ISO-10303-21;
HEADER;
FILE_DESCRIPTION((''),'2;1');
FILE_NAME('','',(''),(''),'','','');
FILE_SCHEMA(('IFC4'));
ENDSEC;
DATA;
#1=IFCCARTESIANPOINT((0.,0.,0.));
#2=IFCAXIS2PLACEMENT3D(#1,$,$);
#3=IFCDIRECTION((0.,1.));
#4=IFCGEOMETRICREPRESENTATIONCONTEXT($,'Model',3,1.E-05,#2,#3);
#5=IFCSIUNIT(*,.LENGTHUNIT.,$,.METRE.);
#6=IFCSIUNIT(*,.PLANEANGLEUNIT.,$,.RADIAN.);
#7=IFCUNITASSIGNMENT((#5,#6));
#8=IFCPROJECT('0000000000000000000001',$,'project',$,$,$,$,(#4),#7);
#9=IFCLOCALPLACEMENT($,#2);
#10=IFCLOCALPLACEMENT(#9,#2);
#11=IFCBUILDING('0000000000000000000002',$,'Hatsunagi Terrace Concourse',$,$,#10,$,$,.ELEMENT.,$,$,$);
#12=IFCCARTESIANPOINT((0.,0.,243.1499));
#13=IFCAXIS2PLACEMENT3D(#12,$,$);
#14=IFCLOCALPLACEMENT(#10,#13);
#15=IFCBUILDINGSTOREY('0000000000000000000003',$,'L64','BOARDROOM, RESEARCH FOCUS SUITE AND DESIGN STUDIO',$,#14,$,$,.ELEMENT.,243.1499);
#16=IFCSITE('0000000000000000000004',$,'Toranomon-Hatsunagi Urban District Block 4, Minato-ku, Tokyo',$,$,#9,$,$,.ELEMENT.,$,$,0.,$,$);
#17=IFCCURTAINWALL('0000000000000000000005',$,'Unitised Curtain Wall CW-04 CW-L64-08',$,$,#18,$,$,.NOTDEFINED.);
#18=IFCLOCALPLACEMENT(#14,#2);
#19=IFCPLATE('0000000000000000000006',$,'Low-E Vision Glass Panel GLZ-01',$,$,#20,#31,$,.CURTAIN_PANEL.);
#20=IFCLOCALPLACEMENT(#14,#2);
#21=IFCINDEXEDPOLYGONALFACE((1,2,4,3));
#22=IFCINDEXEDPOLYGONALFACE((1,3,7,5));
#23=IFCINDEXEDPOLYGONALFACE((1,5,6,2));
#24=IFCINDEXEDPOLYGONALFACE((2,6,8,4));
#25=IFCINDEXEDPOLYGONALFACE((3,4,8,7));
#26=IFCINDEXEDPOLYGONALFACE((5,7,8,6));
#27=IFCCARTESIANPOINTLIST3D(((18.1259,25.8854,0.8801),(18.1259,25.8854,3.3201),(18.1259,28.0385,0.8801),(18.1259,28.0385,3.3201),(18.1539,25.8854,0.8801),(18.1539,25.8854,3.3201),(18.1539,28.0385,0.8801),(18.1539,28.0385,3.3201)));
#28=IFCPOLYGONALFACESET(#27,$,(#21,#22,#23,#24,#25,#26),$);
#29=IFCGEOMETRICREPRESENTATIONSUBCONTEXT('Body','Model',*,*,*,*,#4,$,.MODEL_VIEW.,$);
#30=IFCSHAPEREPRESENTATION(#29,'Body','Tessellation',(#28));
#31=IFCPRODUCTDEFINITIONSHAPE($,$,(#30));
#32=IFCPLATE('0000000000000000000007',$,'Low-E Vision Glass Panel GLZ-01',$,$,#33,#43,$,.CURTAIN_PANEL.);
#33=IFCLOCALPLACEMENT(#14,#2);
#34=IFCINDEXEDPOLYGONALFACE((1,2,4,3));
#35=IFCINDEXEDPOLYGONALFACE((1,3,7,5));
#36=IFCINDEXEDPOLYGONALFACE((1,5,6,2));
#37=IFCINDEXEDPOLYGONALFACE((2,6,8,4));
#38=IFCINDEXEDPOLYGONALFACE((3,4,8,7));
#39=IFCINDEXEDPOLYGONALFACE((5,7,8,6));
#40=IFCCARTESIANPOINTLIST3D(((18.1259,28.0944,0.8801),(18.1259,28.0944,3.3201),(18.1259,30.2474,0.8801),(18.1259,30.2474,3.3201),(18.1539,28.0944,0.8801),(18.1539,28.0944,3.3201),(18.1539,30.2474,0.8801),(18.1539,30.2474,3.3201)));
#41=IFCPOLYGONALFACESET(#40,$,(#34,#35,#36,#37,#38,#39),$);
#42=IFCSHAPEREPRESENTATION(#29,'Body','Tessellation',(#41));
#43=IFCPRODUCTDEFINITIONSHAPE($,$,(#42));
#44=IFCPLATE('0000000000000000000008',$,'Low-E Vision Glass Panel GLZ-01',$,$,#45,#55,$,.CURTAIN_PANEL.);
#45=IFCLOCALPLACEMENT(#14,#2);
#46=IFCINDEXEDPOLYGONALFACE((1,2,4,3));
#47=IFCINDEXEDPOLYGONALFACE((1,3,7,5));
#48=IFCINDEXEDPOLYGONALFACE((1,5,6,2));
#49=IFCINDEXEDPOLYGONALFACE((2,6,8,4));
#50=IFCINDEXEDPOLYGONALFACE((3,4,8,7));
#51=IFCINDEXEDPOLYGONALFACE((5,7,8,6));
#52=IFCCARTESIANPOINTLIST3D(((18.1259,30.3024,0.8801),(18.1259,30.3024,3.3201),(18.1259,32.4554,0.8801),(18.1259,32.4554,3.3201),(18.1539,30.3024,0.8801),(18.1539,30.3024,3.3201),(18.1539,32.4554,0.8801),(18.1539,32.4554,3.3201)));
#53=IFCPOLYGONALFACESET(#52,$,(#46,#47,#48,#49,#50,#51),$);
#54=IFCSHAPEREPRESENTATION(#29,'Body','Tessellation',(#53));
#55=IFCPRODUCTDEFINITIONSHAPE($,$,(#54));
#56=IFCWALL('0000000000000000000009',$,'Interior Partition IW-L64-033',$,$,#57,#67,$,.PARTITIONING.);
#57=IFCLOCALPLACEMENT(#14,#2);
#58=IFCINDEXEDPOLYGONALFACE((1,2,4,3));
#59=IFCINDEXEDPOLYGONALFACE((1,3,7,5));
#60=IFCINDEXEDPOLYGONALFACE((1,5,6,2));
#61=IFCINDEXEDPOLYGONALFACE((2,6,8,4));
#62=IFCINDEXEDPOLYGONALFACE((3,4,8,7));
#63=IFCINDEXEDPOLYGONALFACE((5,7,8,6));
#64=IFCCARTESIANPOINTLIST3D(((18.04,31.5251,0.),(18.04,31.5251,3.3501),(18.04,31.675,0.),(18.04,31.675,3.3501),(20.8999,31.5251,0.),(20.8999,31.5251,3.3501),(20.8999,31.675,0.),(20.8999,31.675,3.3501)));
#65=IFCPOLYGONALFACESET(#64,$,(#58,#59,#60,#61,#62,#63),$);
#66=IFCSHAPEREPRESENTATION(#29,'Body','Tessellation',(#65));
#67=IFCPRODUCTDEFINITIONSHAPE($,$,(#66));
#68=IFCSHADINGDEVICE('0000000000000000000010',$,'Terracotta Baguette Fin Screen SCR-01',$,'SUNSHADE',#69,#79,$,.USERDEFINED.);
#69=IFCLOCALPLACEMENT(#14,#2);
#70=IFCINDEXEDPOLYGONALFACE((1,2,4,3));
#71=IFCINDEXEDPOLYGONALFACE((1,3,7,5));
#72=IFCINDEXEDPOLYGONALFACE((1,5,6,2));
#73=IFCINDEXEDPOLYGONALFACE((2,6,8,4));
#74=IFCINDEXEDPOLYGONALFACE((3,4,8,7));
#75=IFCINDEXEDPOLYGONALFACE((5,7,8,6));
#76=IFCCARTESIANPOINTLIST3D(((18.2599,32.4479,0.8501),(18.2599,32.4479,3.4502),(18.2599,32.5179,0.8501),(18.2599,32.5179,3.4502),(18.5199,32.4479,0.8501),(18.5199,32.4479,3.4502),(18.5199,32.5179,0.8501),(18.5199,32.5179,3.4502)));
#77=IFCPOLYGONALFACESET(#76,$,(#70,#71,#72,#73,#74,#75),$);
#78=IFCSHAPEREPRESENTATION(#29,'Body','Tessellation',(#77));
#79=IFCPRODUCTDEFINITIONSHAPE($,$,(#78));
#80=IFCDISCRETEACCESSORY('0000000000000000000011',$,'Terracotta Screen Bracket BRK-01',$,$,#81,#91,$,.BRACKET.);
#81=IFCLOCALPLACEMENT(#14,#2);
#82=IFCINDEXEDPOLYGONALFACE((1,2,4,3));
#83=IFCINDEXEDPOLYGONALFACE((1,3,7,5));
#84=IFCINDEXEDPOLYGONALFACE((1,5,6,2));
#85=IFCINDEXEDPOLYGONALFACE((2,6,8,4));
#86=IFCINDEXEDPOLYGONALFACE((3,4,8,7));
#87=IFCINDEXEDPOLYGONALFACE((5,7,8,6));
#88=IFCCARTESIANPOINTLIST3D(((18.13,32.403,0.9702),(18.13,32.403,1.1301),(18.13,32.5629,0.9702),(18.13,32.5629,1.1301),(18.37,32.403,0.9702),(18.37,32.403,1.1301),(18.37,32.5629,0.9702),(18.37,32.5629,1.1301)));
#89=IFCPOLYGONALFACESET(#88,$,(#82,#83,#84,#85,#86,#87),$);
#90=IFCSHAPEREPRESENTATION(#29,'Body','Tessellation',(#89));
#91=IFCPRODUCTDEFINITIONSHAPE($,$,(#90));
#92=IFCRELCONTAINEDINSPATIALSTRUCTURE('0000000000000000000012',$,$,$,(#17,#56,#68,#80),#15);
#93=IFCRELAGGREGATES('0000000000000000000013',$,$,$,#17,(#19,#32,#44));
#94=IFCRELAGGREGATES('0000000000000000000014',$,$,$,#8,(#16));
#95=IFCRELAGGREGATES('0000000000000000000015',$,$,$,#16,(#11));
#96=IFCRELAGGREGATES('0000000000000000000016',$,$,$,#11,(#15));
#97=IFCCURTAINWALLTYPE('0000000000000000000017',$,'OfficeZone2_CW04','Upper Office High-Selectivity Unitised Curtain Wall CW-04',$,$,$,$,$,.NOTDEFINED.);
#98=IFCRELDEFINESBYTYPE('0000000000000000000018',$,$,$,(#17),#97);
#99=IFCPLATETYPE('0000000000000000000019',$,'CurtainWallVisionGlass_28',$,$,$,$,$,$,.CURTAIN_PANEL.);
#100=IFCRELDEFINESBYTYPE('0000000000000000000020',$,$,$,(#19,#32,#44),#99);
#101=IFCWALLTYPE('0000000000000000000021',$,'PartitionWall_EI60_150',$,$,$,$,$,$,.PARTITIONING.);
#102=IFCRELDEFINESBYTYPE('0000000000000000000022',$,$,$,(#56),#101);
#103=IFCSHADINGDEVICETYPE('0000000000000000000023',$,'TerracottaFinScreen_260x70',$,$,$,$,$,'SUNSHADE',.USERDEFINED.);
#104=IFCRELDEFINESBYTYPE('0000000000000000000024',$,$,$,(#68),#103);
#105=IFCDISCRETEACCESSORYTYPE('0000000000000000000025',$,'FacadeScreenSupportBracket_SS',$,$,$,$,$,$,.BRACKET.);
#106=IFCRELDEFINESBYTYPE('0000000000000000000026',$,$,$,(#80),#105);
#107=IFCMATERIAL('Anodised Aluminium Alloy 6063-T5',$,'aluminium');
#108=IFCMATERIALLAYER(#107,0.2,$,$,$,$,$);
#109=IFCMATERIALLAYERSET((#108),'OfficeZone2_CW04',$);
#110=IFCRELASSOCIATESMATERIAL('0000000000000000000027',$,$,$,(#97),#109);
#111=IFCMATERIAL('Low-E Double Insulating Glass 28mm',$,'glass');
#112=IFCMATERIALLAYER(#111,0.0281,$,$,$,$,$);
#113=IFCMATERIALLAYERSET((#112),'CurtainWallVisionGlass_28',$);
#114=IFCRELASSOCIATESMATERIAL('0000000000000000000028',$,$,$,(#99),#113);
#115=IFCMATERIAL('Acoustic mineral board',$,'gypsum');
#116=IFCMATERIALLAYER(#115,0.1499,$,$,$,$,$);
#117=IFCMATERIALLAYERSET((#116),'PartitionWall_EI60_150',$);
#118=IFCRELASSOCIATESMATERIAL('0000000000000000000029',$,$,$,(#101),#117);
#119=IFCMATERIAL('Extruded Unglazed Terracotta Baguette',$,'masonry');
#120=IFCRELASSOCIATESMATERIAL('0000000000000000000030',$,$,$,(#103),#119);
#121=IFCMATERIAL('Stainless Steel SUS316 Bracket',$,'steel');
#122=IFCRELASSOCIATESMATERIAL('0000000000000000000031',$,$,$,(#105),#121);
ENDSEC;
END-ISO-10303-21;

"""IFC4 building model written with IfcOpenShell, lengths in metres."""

from ifc_helpers import new_model, si_unit, direction, frame, frame_2d, origin, origin_2d, place, context, subcontext, project, spatial, rectangle, extrude, material, layer, layer_set, type_object, element, aggregate, save


model = new_model("IFC4")

# Units and contexts
model_context = context("Model", 3, precision=1e-05, world=origin(), true_north=direction((0.0, 1.0)))
body_context = subcontext(model_context, "Body", "Model", "MODEL_VIEW")
ifc_project = project(units=[si_unit("LENGTHUNIT", "METRE"), si_unit("PLANEANGLEUNIT", "RADIAN")], contexts=[model_context])

# Site, building, storey
site_placement = place(None, origin())
site = spatial("IfcSite", under=ifc_project, at=site_placement, Name="Toranomon-Hatsunagi Urban District Block 4, Minato-ku, Tokyo", CompositionType="ELEMENT", RefElevation=0.0)
building_placement = place(site_placement, origin())
building = spatial("IfcBuilding", under=site, at=building_placement, Name="Hatsunagi Terrace Concourse", CompositionType="ELEMENT")
storey_placement = place(building_placement, frame((0.0, 0.0, 243.1499)))
storey = spatial("IfcBuildingStorey", under=building, at=storey_placement, Name="L64", Description="BOARDROOM, RESEARCH FOCUS SUITE AND DESIGN STUDIO", CompositionType="ELEMENT", Elevation=243.1499)

# Curtain wall, plates
ifc_material_1 = material(Name="Anodised Aluminium Alloy 6063-T5", Category="aluminium")
ifc_layer_1 = layer(ifc_material_1, 0.2)
ifc_layer_set_1 = layer_set([ifc_layer_1], Name="OfficeZone2_CW04")
curtain_wall_type = type_object("IfcCurtainWallType", Name="OfficeZone2_CW04", Description="Upper Office High-Selectivity Unitised Curtain Wall CW-04", PredefinedType="NOTDEFINED", material=ifc_layer_set_1)
curtain_wall_placement = place(storey_placement, origin())
curtain_wall = element("IfcCurtainWall", 1, at=curtain_wall_placement, inside=storey, type_object=curtain_wall_type, Name="Unitised Curtain Wall CW-04 CW-L64-08", PredefinedType="NOTDEFINED")
ifc_material_2 = material(Name="Low-E Double Insulating Glass 28mm", Category="glass")
ifc_layer_2 = layer(ifc_material_2, 0.0281)
ifc_layer_set_2 = layer_set([ifc_layer_2], Name="CurtainWallVisionGlass_28")
plate_type_1 = type_object("IfcPlateType", Name="CurtainWallVisionGlass_28", PredefinedType="CURTAIN_PANEL", material=ifc_layer_set_2)
plate_1_placement = place(storey_placement, frame((18.1399, 26.9619, 0.8801), z_axis=(0.0, 0.0, 1.0), x_axis=(0.0, 1.0, 0.0)))
plate_1 = element("IfcPlate", 2, at=plate_1_placement, type_object=plate_type_1, Name="Low-E Vision Glass Panel GLZ-01", PredefinedType="CURTAIN_PANEL", context=body_context, shape_type="SweptSolid", body=[
    extrude(rectangle(XDim=2.1531, YDim=0.0281, at=origin_2d()), origin(), (0.0, 0.0, 1.0), 2.4399),
])
plate_2_placement = place(storey_placement, frame((18.1399, 29.1709, 0.8801), z_axis=(0.0, 0.0, 1.0), x_axis=(0.0, 1.0, 0.0)))
plate_2 = element("IfcPlate", 3, at=plate_2_placement, type_object=plate_type_1, Name="Low-E Vision Glass Panel GLZ-01", PredefinedType="CURTAIN_PANEL", context=body_context, shape_type="SweptSolid", body=[
    extrude(rectangle(XDim=2.1531, YDim=0.0281, at=origin_2d()), origin(), (0.0, 0.0, 1.0), 2.4399),
])
plate_3_placement = place(storey_placement, frame((18.1399, 31.3789, 0.8801), z_axis=(0.0, 0.0, 1.0), x_axis=(0.0, 1.0, 0.0)))
plate_3 = element("IfcPlate", 4, at=plate_3_placement, type_object=plate_type_1, Name="Low-E Vision Glass Panel GLZ-01", PredefinedType="CURTAIN_PANEL", context=body_context, shape_type="SweptSolid", body=[
    extrude(rectangle(XDim=2.1531, YDim=0.0281, at=origin_2d()), origin(), (0.0, 0.0, 1.0), 2.4399),
])
aggregate(curtain_wall, [plate_1, plate_2, plate_3])

# Wall
ifc_material_3 = material(Name="Acoustic mineral board", Category="gypsum")
ifc_layer_3 = layer(ifc_material_3, 0.1499)
ifc_layer_set_3 = layer_set([ifc_layer_3], Name="PartitionWall_EI60_150")
wall_type = type_object("IfcWallType", Name="PartitionWall_EI60_150", PredefinedType="PARTITIONING", material=ifc_layer_set_3)
wall_placement = place(storey_placement, frame((18.04, 31.6001, 0.0), z_axis=(0.0, 0.0, 1.0), x_axis=(1.0, 0.0, 0.0)))
element("IfcWall", 5, at=wall_placement, inside=storey, type_object=wall_type, Name="Interior Partition IW-L64-033", PredefinedType="PARTITIONING", context=body_context, shape_type="SweptSolid", body=[
    extrude(rectangle(XDim=2.8599, YDim=0.1499, at=frame_2d((1.4299, 0.0))), origin(), (0.0, 0.0, 1.0), 3.3501),
])

# Shading device
ifc_material_4 = material(Name="Extruded Unglazed Terracotta Baguette", Category="masonry")
shading_device_type = type_object("IfcShadingDeviceType", Name="TerracottaFinScreen_260x70", ElementType="SUNSHADE", PredefinedType="USERDEFINED", material=ifc_material_4)
shading_device_placement = place(storey_placement, frame((18.3899, 32.4829, 0.8501), z_axis=(0.0, 0.0, 1.0), x_axis=(0.0, 1.0, 0.0)))
element("IfcShadingDevice", 6, at=shading_device_placement, inside=storey, type_object=shading_device_type, Name="Terracotta Baguette Fin Screen SCR-01", ObjectType="SUNSHADE", PredefinedType="USERDEFINED", context=body_context, shape_type="SweptSolid", body=[
    extrude(rectangle(XDim=0.0701, YDim=0.26, at=origin_2d()), origin(), (0.0, 0.0, 1.0), 2.6001),
])

# Discrete accessory
ifc_material_5 = material(Name="Stainless Steel SUS316 Bracket", Category="steel")
discrete_accessory_type = type_object("IfcDiscreteAccessoryType", Name="FacadeScreenSupportBracket_SS", PredefinedType="BRACKET", material=ifc_material_5)
discrete_accessory_placement = place(storey_placement, frame((18.25, 32.4829, 0.9702), z_axis=(0.0, 0.0, 1.0), x_axis=(0.0, 1.0, 0.0)))
element("IfcDiscreteAccessory", 7, at=discrete_accessory_placement, inside=storey, type_object=discrete_accessory_type, Name="Terracotta Screen Bracket BRK-01", PredefinedType="BRACKET", context=body_context, shape_type="SweptSolid", body=[
    extrude(rectangle(XDim=0.1599, YDim=0.24, at=origin_2d()), origin(), (0.0, 0.0, 1.0), 0.1599),
])

save(model, "model.ifc")
